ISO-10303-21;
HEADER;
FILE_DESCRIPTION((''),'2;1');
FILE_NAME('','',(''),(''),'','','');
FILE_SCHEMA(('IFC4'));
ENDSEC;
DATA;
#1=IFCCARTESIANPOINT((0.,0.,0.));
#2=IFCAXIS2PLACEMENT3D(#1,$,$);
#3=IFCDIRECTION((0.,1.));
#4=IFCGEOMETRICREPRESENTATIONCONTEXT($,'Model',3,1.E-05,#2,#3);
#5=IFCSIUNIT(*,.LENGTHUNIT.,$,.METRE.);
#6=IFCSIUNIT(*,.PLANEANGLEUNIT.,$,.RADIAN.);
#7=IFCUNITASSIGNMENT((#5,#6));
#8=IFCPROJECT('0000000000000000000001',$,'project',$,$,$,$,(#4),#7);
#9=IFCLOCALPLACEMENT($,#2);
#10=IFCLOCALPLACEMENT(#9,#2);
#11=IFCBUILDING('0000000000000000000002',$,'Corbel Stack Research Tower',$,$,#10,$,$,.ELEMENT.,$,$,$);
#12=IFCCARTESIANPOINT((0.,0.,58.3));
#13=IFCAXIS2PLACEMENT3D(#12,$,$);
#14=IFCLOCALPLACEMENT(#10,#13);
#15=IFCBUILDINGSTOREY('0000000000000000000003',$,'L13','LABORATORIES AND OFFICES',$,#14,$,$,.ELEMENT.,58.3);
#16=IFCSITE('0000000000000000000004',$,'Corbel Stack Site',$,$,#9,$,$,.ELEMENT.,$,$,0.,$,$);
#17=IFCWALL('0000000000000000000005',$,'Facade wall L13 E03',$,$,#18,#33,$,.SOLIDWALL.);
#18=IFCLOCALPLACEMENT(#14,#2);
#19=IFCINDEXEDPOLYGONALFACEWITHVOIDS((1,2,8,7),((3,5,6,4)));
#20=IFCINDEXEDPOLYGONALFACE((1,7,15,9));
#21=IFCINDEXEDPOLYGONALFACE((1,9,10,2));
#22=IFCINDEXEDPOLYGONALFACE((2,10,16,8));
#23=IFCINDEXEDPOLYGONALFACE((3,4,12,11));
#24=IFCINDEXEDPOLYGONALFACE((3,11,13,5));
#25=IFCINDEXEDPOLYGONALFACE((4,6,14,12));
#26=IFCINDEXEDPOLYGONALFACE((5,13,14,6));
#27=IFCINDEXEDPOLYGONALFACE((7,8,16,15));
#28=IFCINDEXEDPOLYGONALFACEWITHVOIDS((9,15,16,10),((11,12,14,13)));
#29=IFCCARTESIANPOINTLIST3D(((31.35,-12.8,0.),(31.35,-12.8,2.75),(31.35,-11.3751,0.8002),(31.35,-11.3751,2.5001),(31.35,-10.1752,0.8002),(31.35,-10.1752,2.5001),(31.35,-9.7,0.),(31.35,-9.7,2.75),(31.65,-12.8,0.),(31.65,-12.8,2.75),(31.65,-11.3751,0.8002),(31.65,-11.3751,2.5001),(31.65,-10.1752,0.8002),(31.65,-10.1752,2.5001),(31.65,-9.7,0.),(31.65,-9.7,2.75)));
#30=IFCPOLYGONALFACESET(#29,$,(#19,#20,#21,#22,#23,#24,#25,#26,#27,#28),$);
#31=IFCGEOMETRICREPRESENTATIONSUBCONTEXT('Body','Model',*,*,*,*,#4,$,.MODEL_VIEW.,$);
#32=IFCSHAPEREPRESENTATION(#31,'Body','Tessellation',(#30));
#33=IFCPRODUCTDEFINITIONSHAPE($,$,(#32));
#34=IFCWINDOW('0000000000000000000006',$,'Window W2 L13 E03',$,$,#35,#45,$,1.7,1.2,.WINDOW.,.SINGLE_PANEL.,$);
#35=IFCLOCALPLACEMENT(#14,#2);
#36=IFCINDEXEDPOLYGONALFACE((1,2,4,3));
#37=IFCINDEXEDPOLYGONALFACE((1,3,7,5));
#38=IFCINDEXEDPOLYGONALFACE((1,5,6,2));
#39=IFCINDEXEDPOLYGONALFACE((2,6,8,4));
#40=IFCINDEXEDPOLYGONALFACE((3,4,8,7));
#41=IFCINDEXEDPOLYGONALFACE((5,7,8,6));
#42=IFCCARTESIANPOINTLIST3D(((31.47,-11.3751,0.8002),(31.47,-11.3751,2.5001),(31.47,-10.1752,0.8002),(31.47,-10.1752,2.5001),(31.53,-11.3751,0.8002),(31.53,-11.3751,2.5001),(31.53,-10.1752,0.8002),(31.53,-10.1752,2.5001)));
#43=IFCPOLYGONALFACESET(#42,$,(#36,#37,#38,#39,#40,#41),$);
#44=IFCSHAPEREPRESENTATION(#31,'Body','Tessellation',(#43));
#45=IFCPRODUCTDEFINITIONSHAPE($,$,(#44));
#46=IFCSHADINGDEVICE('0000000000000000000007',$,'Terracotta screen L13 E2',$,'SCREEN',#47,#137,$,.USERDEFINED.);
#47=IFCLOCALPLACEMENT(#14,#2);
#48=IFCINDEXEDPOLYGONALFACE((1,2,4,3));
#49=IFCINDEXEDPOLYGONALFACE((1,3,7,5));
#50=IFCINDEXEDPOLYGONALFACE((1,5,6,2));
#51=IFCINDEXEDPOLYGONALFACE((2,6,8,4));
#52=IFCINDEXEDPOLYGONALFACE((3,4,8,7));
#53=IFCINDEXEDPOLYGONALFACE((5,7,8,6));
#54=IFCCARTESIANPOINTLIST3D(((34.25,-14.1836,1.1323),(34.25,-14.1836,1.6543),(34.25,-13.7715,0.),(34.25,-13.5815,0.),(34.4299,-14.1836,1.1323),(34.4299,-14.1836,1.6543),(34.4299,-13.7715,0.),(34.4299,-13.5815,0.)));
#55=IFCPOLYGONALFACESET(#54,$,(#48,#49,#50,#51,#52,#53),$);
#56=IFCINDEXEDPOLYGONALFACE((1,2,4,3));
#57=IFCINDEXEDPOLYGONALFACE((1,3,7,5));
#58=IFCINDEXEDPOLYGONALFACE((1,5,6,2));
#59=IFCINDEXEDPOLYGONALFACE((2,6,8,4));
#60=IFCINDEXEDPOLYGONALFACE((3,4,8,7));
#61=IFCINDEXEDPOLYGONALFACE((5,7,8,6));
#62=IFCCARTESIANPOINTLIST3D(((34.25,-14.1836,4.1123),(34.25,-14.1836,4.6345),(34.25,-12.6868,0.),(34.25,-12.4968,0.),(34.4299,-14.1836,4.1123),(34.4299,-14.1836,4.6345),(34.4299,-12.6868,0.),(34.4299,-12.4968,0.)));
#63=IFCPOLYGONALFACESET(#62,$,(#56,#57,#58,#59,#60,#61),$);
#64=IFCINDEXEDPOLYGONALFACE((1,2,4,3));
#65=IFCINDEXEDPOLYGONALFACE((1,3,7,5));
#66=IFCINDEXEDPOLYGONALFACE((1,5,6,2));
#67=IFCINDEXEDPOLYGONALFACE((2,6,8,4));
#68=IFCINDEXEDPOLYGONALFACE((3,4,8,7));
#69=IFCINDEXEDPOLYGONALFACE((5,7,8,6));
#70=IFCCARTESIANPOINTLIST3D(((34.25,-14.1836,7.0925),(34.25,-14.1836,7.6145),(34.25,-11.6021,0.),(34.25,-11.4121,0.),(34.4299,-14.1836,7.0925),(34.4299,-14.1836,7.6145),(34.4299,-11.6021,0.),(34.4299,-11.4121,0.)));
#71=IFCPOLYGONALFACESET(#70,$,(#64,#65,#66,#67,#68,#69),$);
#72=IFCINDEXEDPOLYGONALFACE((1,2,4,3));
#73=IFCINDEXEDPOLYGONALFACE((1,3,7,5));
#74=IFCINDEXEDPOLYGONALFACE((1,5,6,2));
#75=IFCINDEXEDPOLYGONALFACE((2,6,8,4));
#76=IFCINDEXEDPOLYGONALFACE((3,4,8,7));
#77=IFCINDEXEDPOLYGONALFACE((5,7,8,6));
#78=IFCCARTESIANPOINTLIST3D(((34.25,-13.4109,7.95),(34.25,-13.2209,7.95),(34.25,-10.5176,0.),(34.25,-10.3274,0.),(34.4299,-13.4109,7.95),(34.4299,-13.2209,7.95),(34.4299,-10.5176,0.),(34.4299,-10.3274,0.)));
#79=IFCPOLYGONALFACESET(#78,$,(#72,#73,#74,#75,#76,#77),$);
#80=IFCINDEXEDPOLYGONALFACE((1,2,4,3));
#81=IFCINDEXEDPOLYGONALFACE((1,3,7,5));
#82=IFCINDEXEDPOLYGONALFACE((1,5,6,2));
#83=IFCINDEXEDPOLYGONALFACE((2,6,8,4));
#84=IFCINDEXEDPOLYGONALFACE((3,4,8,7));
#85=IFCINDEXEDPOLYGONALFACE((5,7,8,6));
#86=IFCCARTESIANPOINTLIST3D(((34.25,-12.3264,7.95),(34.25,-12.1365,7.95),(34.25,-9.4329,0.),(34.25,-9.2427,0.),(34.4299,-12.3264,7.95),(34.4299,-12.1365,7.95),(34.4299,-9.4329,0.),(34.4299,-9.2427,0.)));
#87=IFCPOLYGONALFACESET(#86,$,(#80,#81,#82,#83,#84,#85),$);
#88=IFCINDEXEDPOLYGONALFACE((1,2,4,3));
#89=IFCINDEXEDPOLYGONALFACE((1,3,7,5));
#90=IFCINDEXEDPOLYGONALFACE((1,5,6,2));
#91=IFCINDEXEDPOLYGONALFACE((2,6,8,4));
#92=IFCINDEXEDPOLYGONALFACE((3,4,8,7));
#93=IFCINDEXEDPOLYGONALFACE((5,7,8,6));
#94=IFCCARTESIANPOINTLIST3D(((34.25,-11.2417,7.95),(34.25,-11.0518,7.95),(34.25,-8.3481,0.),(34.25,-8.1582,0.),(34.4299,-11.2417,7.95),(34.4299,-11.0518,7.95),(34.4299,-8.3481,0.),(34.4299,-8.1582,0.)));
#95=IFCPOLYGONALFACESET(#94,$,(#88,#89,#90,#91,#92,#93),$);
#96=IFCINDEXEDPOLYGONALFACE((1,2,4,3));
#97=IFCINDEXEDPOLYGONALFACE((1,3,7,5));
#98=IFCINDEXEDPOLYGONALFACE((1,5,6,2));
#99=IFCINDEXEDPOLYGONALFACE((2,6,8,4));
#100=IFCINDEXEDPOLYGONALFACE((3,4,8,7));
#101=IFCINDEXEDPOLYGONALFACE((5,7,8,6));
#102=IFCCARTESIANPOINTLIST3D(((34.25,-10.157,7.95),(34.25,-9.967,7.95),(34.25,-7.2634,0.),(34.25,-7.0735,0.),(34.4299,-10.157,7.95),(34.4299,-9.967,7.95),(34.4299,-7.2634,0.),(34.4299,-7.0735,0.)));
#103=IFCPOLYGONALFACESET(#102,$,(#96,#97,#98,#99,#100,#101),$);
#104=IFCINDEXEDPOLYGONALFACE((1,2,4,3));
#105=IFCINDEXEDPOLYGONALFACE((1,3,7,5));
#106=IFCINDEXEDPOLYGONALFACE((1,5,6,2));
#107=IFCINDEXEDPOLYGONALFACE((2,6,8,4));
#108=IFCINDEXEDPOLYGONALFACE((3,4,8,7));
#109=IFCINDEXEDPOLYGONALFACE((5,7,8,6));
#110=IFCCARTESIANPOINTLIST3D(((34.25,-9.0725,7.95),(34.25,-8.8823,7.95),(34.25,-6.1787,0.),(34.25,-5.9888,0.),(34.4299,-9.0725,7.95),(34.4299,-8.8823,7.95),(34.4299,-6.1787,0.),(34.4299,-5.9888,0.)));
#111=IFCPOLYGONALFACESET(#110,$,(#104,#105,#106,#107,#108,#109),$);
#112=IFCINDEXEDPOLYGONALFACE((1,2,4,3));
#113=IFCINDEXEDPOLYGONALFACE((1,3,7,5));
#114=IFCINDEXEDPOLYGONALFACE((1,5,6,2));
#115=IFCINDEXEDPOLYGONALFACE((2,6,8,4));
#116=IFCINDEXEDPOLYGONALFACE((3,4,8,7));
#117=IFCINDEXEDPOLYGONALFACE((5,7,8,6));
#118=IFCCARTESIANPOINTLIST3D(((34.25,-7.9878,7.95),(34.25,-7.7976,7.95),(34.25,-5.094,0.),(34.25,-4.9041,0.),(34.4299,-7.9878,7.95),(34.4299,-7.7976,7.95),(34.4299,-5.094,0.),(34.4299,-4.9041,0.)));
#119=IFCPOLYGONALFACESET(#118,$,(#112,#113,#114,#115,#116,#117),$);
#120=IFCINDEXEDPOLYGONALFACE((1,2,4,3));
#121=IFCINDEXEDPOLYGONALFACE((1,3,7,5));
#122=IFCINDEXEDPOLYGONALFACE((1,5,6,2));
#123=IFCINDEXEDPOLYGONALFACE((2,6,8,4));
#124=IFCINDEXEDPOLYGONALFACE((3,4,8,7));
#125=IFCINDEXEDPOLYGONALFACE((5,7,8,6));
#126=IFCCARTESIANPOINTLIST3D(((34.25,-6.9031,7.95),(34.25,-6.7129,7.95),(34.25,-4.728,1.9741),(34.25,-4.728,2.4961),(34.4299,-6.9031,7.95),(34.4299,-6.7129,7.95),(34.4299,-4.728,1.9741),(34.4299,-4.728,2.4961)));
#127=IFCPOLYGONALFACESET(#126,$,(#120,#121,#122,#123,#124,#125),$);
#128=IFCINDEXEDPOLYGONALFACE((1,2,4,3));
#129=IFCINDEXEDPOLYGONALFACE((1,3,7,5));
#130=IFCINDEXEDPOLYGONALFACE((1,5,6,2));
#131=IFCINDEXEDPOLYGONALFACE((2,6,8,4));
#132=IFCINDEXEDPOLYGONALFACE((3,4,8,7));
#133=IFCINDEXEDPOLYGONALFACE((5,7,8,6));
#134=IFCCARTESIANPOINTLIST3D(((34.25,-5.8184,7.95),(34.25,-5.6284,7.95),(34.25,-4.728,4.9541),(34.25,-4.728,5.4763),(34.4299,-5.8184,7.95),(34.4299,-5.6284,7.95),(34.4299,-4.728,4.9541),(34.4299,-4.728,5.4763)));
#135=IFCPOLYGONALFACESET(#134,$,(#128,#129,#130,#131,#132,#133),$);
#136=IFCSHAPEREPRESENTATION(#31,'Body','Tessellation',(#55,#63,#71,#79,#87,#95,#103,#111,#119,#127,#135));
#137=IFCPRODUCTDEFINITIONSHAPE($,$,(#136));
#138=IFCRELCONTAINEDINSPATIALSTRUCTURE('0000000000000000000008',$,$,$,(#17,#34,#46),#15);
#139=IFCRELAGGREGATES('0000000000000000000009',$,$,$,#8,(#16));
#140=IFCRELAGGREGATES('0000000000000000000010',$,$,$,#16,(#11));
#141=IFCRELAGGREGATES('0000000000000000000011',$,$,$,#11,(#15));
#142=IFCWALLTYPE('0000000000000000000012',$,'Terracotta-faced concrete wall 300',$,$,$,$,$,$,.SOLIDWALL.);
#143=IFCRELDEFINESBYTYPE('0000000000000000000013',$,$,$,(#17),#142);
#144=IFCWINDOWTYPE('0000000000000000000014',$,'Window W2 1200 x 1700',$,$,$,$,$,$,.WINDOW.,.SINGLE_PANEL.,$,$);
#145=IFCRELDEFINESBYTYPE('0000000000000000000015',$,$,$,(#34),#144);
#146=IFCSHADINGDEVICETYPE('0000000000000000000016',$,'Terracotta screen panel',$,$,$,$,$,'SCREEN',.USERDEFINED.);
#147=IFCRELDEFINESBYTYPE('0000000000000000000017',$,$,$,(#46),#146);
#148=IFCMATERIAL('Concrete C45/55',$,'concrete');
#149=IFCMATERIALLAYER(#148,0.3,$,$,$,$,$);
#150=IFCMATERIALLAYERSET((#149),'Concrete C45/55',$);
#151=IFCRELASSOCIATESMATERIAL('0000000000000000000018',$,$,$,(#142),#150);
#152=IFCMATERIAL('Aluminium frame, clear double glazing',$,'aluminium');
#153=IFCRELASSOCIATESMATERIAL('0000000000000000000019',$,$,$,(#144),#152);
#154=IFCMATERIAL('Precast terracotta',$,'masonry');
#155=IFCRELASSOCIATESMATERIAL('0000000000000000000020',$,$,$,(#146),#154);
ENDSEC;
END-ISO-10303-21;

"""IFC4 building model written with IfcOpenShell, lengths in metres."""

from ifc_helpers import new_model, si_unit, direction, frame, frame_2d, origin, place, context, subcontext, project, spatial, polyline, rectangle, outline, extrude, source, transform, mapped, material, layer, layer_set, type_object, element, fill, save


model = new_model("IFC4")

# Units and contexts
model_context = context("Model", 3, precision=1e-05, world=origin(), true_north=direction((0.0, 1.0)))
body_context = subcontext(model_context, "Body", "Model", "MODEL_VIEW")
ifc_project = project(units=[si_unit("LENGTHUNIT", "METRE"), si_unit("PLANEANGLEUNIT", "RADIAN")], contexts=[model_context])

# Site, building, storey
site_placement = place(None, origin())
site = spatial("IfcSite", under=ifc_project, at=site_placement, Name="Corbel Stack Site", CompositionType="ELEMENT", RefElevation=0.0)
building_placement = place(site_placement, origin())
building = spatial("IfcBuilding", under=site, at=building_placement, Name="Corbel Stack Research Tower", CompositionType="ELEMENT")
storey_placement = place(building_placement, frame((0.0, 0.0, 58.3)))
storey = spatial("IfcBuildingStorey", under=building, at=storey_placement, Name="L13", Description="LABORATORIES AND OFFICES", CompositionType="ELEMENT", Elevation=58.3)

# Shared definitions
ifc_material_1 = material(Name="Concrete C45/55", Category="concrete")
ifc_layer_1 = layer(ifc_material_1, 0.3)
ifc_layer_set_1 = layer_set([ifc_layer_1], Name="Concrete C45/55")
wall_type_1 = type_object("IfcWallType", Name="Terracotta-faced concrete wall 300", PredefinedType="SOLIDWALL", material=ifc_layer_set_1)

# Wall, opening, window
wall_1_placement = place(storey_placement, frame((31.5, -9.7, 0.0), z_axis=(0.0, 0.0, 1.0), x_axis=(0.0, -1.0, 0.0)))
wall_1 = element("IfcWall", 1, at=wall_1_placement, inside=storey, type_object=wall_type_1, Name="Facade wall L13 E03", PredefinedType="SOLIDWALL", context=body_context, shape_type="SweptSolid", body=[
    extrude(rectangle(XDim=3.1001, YDim=0.3, at=frame_2d((1.55, 0.0))), origin(), (0.0, 0.0, 1.0), 2.75),
])
opening_1_placement = place(wall_1_placement, frame((0.4751, 0.0, 0.8)))
opening_1 = element("IfcOpeningElement", 2, at=opening_1_placement, cuts=wall_1, PredefinedType="OPENING", context=body_context, shape_type="SweptSolid", body=[
    extrude(rectangle(XDim=1.2, YDim=1.7, at=frame_2d((0.6001, 0.8501))), frame((0.0, 0.1599, 0.0), z_axis=(0.0, -1.0, 0.0), x_axis=(1.0, 0.0, 0.0)), (0.0, 0.0, 1.0), 0.3201),
])
ifc_material_2 = material(Name="Aluminium frame, clear double glazing", Category="aluminium")
window_type = type_object("IfcWindowType", Name="Window W2 1200 x 1700", PartitioningType="SINGLE_PANEL", PredefinedType="WINDOW", material=ifc_material_2)
window_placement = place(opening_1_placement, origin())
window = element("IfcWindow", 3, at=window_placement, inside=storey, type_object=window_type, Name="Window W2 L13 E03", OverallHeight=1.7, OverallWidth=1.2, PartitioningType="SINGLE_PANEL", PredefinedType="WINDOW", context=body_context, shape_type="SweptSolid", body=[
    extrude(rectangle(XDim=1.2, YDim=1.7, at=frame_2d((0.6001, 0.8501))), frame((0.0, 0.03, 0.0), z_axis=(0.0, -1.0, 0.0), x_axis=(1.0, 0.0, 0.0)), (0.0, 0.0, 1.0), 0.0601),
])
fill(opening_1, window)

# Shading device
ifc_material_3 = material(Name="Precast terracotta", Category="masonry")
shading_device_type = type_object("IfcShadingDeviceType", Name="Terracotta screen panel", ElementType="SCREEN", PredefinedType="USERDEFINED", material=ifc_material_3)
shared_shape = source(origin(), body_context, "Body", "SweptSolid", [
    extrude(outline(polyline([(0.6021, 0.0), (0.0, 1.6543), (0.0, 1.1323), (0.4121, 0.0), (0.6021, 0.0)])), frame((0.0, 0.0, 0.0), z_axis=(0.0, -1.0, 0.0), x_axis=(1.0, 0.0, 0.0)), (0.0, 0.0, 1.0), 0.1799),
    extrude(outline(polyline([(1.6868, 0.0), (0.0, 4.6345), (0.0, 4.1123), (1.4968, 0.0), (1.6868, 0.0)])), frame((0.0, 0.0, 0.0), z_axis=(0.0, -1.0, 0.0), x_axis=(1.0, 0.0, 0.0)), (0.0, 0.0, 1.0), 0.1799),
    extrude(outline(polyline([(2.7715, 0.0), (0.0, 7.6145), (0.0, 7.0925), (2.5815, 0.0), (2.7715, 0.0)])), frame((0.0, 0.0, 0.0), z_axis=(0.0, -1.0, 0.0), x_axis=(1.0, 0.0, 0.0)), (0.0, 0.0, 1.0), 0.1799),
    extrude(outline(polyline([(3.8562, 0.0), (0.9626, 7.95), (0.7727, 7.95), (3.666, 0.0), (3.8562, 0.0)])), frame((0.0, 0.0, 0.0), z_axis=(0.0, -1.0, 0.0), x_axis=(1.0, 0.0, 0.0)), (0.0, 0.0, 1.0), 0.1799),
    extrude(outline(polyline([(4.9409, 0.0), (2.0471, 7.95), (1.8572, 7.95), (4.7507, 0.0), (4.9409, 0.0)])), frame((0.0, 0.0, 0.0), z_axis=(0.0, -1.0, 0.0), x_axis=(1.0, 0.0, 0.0)), (0.0, 0.0, 1.0), 0.1799),
    extrude(outline(polyline([(6.0254, 0.0), (3.1318, 7.95), (2.9419, 7.95), (5.8354, 0.0), (6.0254, 0.0)])), frame((0.0, 0.0, 0.0), z_axis=(0.0, -1.0, 0.0), x_axis=(1.0, 0.0, 0.0)), (0.0, 0.0, 1.0), 0.1799),
    extrude(outline(polyline([(7.1101, 0.0), (4.2166, 7.95), (4.0266, 7.95), (6.9202, 0.0), (7.1101, 0.0)])), frame((0.0, 0.0, 0.0), z_axis=(0.0, -1.0, 0.0), x_axis=(1.0, 0.0, 0.0)), (0.0, 0.0, 1.0), 0.1799),
    extrude(outline(polyline([(8.1948, 0.0), (5.3013, 7.95), (5.1111, 7.95), (8.0049, 0.0), (8.1948, 0.0)])), frame((0.0, 0.0, 0.0), z_axis=(0.0, -1.0, 0.0), x_axis=(1.0, 0.0, 0.0)), (0.0, 0.0, 1.0), 0.1799),
    extrude(outline(polyline([(9.2795, 0.0), (6.386, 7.95), (6.1958, 7.95), (9.0896, 0.0), (9.2795, 0.0)])), frame((0.0, 0.0, 0.0), z_axis=(0.0, -1.0, 0.0), x_axis=(1.0, 0.0, 0.0)), (0.0, 0.0, 1.0), 0.1799),
    extrude(outline(polyline([(7.4707, 7.95), (7.2805, 7.95), (9.4556, 1.9741), (9.4556, 2.4961), (7.4707, 7.95)])), frame((0.0, 0.0, 0.0), z_axis=(0.0, -1.0, 0.0), x_axis=(1.0, 0.0, 0.0)), (0.0, 0.0, 1.0), 0.1799),
    extrude(outline(polyline([(8.5552, 7.95), (8.3652, 7.95), (9.4556, 4.9541), (9.4556, 5.4763), (8.5552, 7.95)])), frame((0.0, 0.0, 0.0), z_axis=(0.0, -1.0, 0.0), x_axis=(1.0, 0.0, 0.0)), (0.0, 0.0, 1.0), 0.1799),
])
shading_device_placement = place(storey_placement, frame((34.25, -14.1836, 0.0), z_axis=(0.0, 0.0, 1.0), x_axis=(0.0, 1.0, 0.0)))
element("IfcShadingDevice", 4, at=shading_device_placement, inside=storey, type_object=shading_device_type, Name="Terracotta screen L13 E2", ObjectType="SCREEN", PredefinedType="USERDEFINED", context=body_context, shape_type="MappedRepresentation", body=[
    mapped(shared_shape, transform((0.0, 0.0, 0.0))),
])

save(model, "model.ifc")
